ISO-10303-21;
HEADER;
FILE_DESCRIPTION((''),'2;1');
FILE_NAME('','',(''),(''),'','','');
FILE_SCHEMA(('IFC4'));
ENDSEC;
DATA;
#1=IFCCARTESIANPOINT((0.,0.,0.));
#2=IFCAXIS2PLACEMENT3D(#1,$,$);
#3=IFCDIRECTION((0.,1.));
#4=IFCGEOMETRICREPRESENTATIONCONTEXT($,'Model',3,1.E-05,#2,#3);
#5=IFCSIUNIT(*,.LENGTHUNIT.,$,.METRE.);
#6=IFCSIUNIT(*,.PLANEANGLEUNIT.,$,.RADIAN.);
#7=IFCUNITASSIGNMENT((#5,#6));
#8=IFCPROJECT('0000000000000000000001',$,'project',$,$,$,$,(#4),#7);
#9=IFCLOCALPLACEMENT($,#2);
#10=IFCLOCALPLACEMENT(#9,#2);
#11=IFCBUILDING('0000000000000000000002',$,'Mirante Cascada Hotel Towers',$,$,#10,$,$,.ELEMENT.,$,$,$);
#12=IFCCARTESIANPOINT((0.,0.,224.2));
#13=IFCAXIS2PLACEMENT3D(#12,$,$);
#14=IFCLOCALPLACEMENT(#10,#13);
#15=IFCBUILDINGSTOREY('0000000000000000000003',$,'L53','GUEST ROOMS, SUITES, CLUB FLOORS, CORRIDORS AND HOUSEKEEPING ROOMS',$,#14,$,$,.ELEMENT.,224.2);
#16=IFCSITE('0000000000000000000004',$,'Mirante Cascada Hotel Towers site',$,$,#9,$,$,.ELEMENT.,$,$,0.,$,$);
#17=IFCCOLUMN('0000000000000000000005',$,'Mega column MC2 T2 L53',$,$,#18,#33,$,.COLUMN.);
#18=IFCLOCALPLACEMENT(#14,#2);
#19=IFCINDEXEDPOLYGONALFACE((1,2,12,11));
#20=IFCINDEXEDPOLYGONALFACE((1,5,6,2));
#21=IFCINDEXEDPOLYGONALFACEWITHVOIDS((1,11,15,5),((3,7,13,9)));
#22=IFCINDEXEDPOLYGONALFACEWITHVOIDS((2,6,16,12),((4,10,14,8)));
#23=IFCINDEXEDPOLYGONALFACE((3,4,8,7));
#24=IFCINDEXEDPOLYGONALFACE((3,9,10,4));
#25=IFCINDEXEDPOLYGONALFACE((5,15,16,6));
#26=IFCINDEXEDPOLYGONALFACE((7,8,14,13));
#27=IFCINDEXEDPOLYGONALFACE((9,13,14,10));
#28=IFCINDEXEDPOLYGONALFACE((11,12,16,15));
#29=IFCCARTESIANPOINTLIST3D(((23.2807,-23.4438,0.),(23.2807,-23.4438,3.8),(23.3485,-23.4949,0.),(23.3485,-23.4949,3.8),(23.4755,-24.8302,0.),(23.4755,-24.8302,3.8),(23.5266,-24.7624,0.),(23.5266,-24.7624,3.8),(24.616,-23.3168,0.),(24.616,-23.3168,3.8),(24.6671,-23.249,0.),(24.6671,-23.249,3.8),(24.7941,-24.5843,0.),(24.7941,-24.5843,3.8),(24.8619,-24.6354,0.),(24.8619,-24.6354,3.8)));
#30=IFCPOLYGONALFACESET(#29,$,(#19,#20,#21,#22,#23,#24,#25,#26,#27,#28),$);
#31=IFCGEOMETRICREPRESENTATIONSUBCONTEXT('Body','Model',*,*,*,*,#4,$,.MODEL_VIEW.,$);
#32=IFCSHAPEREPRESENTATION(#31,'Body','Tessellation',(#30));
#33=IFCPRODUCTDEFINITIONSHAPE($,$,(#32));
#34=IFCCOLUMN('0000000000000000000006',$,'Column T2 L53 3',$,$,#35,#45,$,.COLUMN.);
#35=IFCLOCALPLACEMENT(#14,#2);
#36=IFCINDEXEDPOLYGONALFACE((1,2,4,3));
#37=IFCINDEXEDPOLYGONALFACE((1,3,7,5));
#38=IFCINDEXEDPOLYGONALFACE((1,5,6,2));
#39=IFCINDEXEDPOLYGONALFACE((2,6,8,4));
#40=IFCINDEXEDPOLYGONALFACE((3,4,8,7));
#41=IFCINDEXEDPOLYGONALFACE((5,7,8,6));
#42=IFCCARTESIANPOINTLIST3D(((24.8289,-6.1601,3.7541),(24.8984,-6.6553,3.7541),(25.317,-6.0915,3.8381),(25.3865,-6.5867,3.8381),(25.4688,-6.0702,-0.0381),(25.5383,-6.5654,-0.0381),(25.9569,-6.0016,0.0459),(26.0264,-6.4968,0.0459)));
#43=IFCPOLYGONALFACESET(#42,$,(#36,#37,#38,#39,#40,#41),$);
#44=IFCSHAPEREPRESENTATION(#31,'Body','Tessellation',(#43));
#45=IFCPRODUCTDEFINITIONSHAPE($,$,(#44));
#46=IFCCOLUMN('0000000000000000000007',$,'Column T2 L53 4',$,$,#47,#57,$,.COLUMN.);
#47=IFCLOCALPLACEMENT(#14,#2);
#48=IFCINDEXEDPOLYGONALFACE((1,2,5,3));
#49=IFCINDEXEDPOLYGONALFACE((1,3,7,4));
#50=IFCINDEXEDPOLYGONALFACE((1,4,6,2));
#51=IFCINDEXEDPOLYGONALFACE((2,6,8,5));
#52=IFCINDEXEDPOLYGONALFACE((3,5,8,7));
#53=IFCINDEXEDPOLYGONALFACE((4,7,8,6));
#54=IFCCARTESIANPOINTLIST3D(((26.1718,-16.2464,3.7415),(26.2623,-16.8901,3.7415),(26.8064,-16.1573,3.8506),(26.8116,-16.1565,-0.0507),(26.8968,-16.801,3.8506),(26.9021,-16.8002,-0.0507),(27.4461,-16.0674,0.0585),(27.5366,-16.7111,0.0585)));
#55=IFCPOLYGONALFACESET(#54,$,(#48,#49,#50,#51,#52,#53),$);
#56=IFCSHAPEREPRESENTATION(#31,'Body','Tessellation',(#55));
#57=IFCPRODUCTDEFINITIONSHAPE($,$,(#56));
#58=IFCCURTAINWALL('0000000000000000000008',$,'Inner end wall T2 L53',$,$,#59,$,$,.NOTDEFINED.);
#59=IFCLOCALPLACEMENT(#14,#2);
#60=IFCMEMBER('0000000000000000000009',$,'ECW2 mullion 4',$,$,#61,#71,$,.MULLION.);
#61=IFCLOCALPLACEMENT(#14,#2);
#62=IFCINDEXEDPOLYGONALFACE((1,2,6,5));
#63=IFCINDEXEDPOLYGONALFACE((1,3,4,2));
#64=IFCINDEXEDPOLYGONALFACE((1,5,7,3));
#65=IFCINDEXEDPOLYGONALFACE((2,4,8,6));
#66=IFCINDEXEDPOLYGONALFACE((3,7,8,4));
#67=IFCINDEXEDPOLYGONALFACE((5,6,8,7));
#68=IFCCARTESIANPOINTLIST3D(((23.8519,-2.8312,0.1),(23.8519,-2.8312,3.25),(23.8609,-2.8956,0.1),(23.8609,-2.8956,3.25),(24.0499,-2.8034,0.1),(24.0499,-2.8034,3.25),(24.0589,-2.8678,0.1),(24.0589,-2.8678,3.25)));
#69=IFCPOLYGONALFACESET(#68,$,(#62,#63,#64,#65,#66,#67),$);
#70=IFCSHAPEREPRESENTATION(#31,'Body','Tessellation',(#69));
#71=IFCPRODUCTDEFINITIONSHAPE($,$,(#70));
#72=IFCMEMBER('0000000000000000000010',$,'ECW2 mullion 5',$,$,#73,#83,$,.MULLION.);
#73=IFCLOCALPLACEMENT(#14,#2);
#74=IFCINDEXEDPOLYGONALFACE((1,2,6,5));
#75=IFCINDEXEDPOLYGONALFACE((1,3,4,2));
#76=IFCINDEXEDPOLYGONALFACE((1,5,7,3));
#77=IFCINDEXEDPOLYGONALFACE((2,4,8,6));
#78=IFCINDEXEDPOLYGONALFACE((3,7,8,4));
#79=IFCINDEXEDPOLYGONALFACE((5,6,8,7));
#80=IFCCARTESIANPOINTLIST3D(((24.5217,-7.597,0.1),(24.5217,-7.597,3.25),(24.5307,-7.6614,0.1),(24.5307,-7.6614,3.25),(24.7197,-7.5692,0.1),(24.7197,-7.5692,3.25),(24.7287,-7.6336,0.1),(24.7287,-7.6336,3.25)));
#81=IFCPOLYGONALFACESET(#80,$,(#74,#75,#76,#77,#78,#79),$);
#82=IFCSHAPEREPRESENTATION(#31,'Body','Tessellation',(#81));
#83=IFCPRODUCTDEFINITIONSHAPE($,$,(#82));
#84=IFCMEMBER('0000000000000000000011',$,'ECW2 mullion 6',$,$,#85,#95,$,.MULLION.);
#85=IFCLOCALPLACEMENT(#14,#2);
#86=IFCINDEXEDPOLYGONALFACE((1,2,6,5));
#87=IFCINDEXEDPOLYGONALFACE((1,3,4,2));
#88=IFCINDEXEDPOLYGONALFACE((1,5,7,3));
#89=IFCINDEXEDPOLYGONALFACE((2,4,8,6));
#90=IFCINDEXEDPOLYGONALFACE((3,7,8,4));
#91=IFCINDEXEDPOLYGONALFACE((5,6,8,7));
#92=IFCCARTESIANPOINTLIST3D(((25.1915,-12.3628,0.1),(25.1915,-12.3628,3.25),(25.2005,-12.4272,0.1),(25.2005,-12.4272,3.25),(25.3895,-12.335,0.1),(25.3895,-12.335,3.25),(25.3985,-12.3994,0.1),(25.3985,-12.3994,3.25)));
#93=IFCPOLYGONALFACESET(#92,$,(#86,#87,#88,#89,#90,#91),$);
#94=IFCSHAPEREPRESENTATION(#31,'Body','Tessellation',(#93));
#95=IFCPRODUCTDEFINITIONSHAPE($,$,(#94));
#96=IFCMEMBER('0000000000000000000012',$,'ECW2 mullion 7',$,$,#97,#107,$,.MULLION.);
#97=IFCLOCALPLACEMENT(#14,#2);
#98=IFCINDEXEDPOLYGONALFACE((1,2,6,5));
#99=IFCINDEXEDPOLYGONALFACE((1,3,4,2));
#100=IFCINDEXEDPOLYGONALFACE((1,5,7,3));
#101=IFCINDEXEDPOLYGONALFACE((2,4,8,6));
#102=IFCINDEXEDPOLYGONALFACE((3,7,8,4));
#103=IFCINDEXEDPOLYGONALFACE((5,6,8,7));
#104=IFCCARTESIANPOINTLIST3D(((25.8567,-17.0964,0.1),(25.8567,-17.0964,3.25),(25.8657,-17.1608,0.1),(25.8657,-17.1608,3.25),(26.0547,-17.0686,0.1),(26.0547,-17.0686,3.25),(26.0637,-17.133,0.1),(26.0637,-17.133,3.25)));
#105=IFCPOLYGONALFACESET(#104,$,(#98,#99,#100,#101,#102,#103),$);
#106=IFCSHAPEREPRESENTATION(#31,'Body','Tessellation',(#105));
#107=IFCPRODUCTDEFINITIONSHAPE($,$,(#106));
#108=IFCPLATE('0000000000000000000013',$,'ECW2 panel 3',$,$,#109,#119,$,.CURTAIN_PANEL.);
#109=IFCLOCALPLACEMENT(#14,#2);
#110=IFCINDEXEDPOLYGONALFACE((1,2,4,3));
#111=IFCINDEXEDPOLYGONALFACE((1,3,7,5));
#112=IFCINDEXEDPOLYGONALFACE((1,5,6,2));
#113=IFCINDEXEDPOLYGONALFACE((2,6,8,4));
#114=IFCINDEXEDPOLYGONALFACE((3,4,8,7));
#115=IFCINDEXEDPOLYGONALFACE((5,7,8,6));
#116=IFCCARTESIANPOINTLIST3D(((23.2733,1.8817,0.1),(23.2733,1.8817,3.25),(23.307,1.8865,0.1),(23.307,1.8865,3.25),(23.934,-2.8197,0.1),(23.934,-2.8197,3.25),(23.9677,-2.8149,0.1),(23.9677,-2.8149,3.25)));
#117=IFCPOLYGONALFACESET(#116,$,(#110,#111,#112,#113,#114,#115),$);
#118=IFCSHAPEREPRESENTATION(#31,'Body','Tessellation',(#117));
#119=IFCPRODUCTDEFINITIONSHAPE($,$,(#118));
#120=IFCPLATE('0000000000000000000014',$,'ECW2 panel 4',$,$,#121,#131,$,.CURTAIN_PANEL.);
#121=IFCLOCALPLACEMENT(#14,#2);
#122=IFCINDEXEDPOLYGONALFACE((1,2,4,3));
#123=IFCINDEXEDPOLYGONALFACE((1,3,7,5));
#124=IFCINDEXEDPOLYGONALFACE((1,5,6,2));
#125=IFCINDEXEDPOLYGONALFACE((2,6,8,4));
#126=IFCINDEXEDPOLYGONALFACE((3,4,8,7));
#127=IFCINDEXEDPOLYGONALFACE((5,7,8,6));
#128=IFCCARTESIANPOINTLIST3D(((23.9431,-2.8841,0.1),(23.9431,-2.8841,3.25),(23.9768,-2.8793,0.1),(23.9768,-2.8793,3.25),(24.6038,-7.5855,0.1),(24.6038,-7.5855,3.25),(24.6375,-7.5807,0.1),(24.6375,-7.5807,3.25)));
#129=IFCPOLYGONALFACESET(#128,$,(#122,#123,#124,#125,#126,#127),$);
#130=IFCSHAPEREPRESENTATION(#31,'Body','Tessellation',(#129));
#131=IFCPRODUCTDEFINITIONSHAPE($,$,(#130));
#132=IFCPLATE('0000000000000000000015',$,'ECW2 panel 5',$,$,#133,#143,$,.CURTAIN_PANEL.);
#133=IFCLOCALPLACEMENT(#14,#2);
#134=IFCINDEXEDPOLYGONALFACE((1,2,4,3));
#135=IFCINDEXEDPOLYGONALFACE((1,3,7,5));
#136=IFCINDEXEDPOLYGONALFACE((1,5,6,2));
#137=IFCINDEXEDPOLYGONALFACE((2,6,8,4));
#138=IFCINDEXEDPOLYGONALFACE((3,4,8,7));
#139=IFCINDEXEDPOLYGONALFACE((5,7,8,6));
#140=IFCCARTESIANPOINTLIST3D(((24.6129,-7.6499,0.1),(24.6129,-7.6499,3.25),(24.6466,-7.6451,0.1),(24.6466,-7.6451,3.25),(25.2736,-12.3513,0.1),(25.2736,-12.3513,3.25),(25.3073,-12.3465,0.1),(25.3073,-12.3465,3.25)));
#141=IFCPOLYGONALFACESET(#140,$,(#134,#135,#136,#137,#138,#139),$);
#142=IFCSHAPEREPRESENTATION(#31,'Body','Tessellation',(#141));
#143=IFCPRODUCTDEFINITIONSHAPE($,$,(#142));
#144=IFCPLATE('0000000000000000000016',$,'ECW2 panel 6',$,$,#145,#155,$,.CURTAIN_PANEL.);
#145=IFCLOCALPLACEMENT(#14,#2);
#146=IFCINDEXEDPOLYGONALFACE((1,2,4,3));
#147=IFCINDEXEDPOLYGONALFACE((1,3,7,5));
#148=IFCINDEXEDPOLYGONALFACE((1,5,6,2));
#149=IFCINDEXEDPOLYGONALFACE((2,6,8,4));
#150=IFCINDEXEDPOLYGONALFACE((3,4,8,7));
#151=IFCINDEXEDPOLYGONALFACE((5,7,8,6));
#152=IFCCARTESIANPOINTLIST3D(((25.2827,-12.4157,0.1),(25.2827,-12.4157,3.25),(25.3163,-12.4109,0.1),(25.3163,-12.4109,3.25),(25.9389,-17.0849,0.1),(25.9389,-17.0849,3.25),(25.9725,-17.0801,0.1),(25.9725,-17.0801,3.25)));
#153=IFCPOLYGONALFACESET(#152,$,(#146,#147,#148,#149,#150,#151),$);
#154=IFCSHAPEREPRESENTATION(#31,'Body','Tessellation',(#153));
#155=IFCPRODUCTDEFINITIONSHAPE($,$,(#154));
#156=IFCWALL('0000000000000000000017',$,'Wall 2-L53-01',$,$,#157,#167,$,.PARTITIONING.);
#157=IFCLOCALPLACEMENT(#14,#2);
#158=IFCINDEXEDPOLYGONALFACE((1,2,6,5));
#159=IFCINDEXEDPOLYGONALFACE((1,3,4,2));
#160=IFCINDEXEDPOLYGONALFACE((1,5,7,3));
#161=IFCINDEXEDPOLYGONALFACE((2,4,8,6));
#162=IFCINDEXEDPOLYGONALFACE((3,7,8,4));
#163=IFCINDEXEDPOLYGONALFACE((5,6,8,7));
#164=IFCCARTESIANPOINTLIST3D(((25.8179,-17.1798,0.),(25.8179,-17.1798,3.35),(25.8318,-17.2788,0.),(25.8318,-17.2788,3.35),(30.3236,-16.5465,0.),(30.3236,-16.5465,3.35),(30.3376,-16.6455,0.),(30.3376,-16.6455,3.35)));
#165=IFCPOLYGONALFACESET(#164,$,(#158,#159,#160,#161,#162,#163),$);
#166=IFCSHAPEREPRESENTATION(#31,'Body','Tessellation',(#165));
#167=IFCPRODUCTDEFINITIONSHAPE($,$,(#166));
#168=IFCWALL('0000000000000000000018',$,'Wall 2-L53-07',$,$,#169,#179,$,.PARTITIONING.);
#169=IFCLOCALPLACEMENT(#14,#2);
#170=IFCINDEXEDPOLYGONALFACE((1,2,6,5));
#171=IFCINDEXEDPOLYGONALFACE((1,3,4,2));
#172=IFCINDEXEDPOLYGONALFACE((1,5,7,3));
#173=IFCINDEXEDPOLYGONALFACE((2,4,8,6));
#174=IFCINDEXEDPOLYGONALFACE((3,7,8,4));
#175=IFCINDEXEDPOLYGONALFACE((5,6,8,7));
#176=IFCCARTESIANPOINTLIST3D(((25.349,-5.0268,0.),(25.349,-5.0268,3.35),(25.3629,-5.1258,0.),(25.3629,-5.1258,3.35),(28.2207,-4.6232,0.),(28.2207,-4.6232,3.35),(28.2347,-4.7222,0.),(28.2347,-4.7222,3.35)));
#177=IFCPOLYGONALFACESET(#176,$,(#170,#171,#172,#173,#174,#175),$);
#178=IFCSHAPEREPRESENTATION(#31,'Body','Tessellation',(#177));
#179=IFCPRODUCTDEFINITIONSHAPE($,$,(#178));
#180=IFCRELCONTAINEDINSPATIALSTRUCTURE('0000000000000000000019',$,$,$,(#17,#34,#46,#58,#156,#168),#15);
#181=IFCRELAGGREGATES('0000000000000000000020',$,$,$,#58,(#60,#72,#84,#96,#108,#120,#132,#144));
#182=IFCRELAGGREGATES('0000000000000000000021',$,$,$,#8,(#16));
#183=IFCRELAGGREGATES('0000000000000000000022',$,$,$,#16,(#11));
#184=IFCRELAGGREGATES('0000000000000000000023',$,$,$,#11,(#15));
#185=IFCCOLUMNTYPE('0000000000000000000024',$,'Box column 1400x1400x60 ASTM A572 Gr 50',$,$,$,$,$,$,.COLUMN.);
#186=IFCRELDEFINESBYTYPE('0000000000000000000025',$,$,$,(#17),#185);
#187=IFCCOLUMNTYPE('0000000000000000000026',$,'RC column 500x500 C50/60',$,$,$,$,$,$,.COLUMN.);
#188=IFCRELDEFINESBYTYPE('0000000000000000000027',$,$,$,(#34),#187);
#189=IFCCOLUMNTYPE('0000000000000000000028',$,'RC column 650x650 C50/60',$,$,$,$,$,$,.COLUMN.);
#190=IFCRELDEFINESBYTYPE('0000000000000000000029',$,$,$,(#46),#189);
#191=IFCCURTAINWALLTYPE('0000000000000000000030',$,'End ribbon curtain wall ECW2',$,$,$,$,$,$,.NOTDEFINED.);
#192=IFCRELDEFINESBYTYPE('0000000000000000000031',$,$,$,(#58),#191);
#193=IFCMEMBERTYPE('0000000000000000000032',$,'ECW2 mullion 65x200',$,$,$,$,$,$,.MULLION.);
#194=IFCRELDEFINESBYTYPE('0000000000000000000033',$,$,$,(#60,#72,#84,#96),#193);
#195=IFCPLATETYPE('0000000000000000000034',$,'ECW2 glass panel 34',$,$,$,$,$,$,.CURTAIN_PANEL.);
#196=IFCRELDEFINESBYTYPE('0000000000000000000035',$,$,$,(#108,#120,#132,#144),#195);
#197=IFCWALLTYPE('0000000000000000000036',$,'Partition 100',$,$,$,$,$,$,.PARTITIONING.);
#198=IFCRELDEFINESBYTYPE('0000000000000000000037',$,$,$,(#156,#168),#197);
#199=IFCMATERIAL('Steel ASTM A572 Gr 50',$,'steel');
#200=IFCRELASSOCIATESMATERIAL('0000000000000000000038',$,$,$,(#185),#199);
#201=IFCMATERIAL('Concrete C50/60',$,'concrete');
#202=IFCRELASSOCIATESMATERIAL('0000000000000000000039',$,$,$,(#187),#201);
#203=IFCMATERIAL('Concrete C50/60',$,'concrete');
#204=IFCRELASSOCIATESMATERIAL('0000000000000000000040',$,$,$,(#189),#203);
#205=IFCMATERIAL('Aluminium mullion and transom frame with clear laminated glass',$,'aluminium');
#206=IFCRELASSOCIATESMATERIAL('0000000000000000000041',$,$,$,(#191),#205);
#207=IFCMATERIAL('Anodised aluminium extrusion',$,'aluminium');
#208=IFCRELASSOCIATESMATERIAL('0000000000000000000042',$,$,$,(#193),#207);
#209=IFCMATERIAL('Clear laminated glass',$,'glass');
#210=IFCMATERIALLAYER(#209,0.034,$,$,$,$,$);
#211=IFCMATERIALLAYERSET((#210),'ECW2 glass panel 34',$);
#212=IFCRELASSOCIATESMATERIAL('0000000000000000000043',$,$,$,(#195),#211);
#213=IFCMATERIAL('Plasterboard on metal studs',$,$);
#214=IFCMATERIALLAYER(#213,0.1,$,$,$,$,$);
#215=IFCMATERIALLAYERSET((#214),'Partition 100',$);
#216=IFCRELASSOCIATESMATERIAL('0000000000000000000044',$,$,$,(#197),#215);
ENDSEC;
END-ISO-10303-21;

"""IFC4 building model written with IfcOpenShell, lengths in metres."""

from ifc_helpers import new_model, si_unit, direction, frame, frame_2d, origin, origin_2d, place, context, subcontext, project, spatial, rectangle, hollow_rectangle, extrude, material, layer, layer_set, material_profile, profile_set, type_object, element, aggregate, save


model = new_model("IFC4")

# Units and contexts
model_context = context("Model", 3, precision=1e-05, world=origin(), true_north=direction((0.0, 1.0)))
body_context = subcontext(model_context, "Body", "Model", "MODEL_VIEW")
ifc_project = project(units=[si_unit("LENGTHUNIT", "METRE"), si_unit("PLANEANGLEUNIT", "RADIAN")], contexts=[model_context])

# Site, building, storey
site_placement = place(None, origin())
site = spatial("IfcSite", under=ifc_project, at=site_placement, Name="Mirante Cascada Hotel Towers site", CompositionType="ELEMENT", RefElevation=0.0)
building_placement = place(site_placement, origin())
building = spatial("IfcBuilding", under=site, at=building_placement, Name="Mirante Cascada Hotel Towers", CompositionType="ELEMENT")
storey_placement = place(building_placement, frame((0.0, 0.0, 224.2)))
storey = spatial("IfcBuildingStorey", under=building, at=storey_placement, Name="L53", Description="GUEST ROOMS, SUITES, CLUB FLOORS, CORRIDORS AND HOUSEKEEPING ROOMS", CompositionType="ELEMENT", Elevation=224.2)

# Columns
ifc_material_1 = material(Name="Steel ASTM A572 Gr 50", Category="steel")
ifc_material_profile_1 = material_profile(ifc_material_1, hollow_rectangle(XDim=1.4, YDim=1.4, WallThickness=0.06, at=origin_2d()), Name="Box column 1400x1400x60 ASTM A572 Gr 50")
ifc_profile_set_1 = profile_set([ifc_material_profile_1], Name="Steel ASTM A572 Gr 50")
column_type_1 = type_object("IfcColumnType", Name="Box column 1400x1400x60 ASTM A572 Gr 50", PredefinedType="COLUMN", material=ifc_profile_set_1)
column_1_placement = place(storey_placement, frame((24.0713, -24.0396, 0.0), z_axis=(0.0, 0.0, 1.0), x_axis=(0.990268, 0.139173, 0.0)))
element("IfcColumn", 1, at=column_1_placement, inside=storey, type_object=column_type_1, Name="Mega column MC2 T2 L53", PredefinedType="COLUMN", context=body_context, shape_type="SweptSolid", body=[
    extrude(hollow_rectangle(XDim=1.4, YDim=1.4, WallThickness=0.06, at=origin_2d()), origin(), (0.0, 0.0, 1.0), 3.8),
])
ifc_material_2 = material(Name="Concrete C50/60", Category="concrete")
ifc_material_profile_2 = material_profile(ifc_material_2, rectangle(XDim=0.5, YDim=0.5, at=origin_2d()), Name="RC column 500x500 C50/60")
ifc_profile_set_2 = profile_set([ifc_material_profile_2], Name="Concrete C50/60")
column_type_2 = type_object("IfcColumnType", Name="RC column 500x500 C50/60", PredefinedType="COLUMN", material=ifc_profile_set_2)
column_2_placement = place(storey_placement, frame((25.7476, -6.2835, 0.0039), z_axis=(-0.166343, -0.02337, 0.985791), x_axis=(0.139124, -0.990275, 0.0)))
element("IfcColumn", 2, at=column_2_placement, inside=storey, type_object=column_type_2, Name="Column T2 L53 3", PredefinedType="COLUMN", context=body_context, shape_type="SweptSolid", body=[
    extrude(rectangle(XDim=0.5, YDim=0.5, at=origin_2d()), origin(), (0.0, 0.0, 1.0), 3.8469),
])
ifc_material_3 = material(Name="Concrete C50/60", Category="concrete")
ifc_material_profile_3 = material_profile(ifc_material_3, rectangle(XDim=0.65, YDim=0.65, at=origin_2d()), Name="RC column 650x650 C50/60")
ifc_profile_set_3 = profile_set([ifc_material_profile_3], Name="Concrete C50/60")
column_type_3 = type_object("IfcColumnType", Name="RC column 650x650 C50/60", PredefinedType="COLUMN", material=ifc_profile_set_3)
column_3_placement = place(storey_placement, frame((27.1741, -16.4338, 0.0039), z_axis=(-0.166318, -0.02337, 0.985795), x_axis=(0.139146, -0.990272, 0.0)))
element("IfcColumn", 3, at=column_3_placement, inside=storey, type_object=column_type_3, Name="Column T2 L53 4", PredefinedType="COLUMN", context=body_context, shape_type="SweptSolid", body=[
    extrude(rectangle(XDim=0.65, YDim=0.65, at=origin_2d()), origin(), (0.0, 0.0, 1.0), 3.8468),
])

# Curtain wall, members, plates
ifc_material_4 = material(Name="Aluminium mullion and transom frame with clear laminated glass", Category="aluminium")
curtain_wall_type = type_object("IfcCurtainWallType", Name="End ribbon curtain wall ECW2", PredefinedType="NOTDEFINED", material=ifc_material_4)
curtain_wall_placement = place(storey_placement, origin())
curtain_wall = element("IfcCurtainWall", 4, at=curtain_wall_placement, inside=storey, type_object=curtain_wall_type, Name="Inner end wall T2 L53", PredefinedType="NOTDEFINED")
ifc_material_5 = material(Name="Anodised aluminium extrusion", Category="aluminium")
ifc_material_profile_4 = material_profile(ifc_material_5, rectangle(XDim=0.2, YDim=0.065, at=origin_2d()), Name="ECW2 MULLION 65x200")
ifc_profile_set_4 = profile_set([ifc_material_profile_4], Name="Anodised aluminium extrusion")
member_type = type_object("IfcMemberType", Name="ECW2 mullion 65x200", PredefinedType="MULLION", material=ifc_profile_set_4)
member_1_placement = place(storey_placement, frame((23.9554, -2.8495, 0.1), z_axis=(0.0, 0.0, 1.0), x_axis=(0.990268, 0.139173, 0.0)))
member_1 = element("IfcMember", 5, at=member_1_placement, type_object=member_type, Name="ECW2 mullion 4", PredefinedType="MULLION", context=body_context, shape_type="SweptSolid", body=[
    extrude(rectangle(XDim=0.2, YDim=0.065, at=origin_2d()), origin(), (0.0, 0.0, 1.0), 3.15),
])
member_2_placement = place(storey_placement, frame((24.6252, -7.6153, 0.1), z_axis=(0.0, 0.0, 1.0), x_axis=(0.990268, 0.139173, 0.0)))
member_2 = element("IfcMember", 6, at=member_2_placement, type_object=member_type, Name="ECW2 mullion 5", PredefinedType="MULLION", context=body_context, shape_type="SweptSolid", body=[
    extrude(rectangle(XDim=0.2, YDim=0.065, at=origin_2d()), origin(), (0.0, 0.0, 1.0), 3.15),
])
member_3_placement = place(storey_placement, frame((25.295, -12.3811, 0.1), z_axis=(0.0, 0.0, 1.0), x_axis=(0.990268, 0.139173, 0.0)))
member_3 = element("IfcMember", 7, at=member_3_placement, type_object=member_type, Name="ECW2 mullion 6", PredefinedType="MULLION", context=body_context, shape_type="SweptSolid", body=[
    extrude(rectangle(XDim=0.2, YDim=0.065, at=origin_2d()), origin(), (0.0, 0.0, 1.0), 3.15),
])
member_4_placement = place(storey_placement, frame((25.9602, -17.1147, 0.1), z_axis=(0.0, 0.0, 1.0), x_axis=(0.990268, 0.139173, 0.0)))
member_4 = element("IfcMember", 8, at=member_4_placement, type_object=member_type, Name="ECW2 mullion 7", PredefinedType="MULLION", context=body_context, shape_type="SweptSolid", body=[
    extrude(rectangle(XDim=0.2, YDim=0.065, at=origin_2d()), origin(), (0.0, 0.0, 1.0), 3.15),
])
ifc_material_6 = material(Name="Clear laminated glass", Category="glass")
ifc_layer_1 = layer(ifc_material_6, 0.034)
ifc_layer_set_1 = layer_set([ifc_layer_1], Name="ECW2 glass panel 34")
plate_type = type_object("IfcPlateType", Name="ECW2 glass panel 34", PredefinedType="CURTAIN_PANEL", material=ifc_layer_set_1)
plate_1_placement = place(storey_placement, frame((23.6205, -0.4666, 0.1), z_axis=(0.0, 0.0, 1.0), x_axis=(0.139173, -0.990268, 0.0)))
plate_1 = element("IfcPlate", 9, at=plate_1_placement, type_object=plate_type, Name="ECW2 panel 3", PredefinedType="CURTAIN_PANEL", context=body_context, shape_type="SweptSolid", body=[
    extrude(rectangle(XDim=4.7476, YDim=0.034, at=origin_2d()), origin(), (0.0, 0.0, 1.0), 3.15),
])
plate_2_placement = place(storey_placement, frame((24.2903, -5.2324, 0.1), z_axis=(0.0, 0.0, 1.0), x_axis=(0.139173, -0.990268, 0.0)))
plate_2 = element("IfcPlate", 10, at=plate_2_placement, type_object=plate_type, Name="ECW2 panel 4", PredefinedType="CURTAIN_PANEL", context=body_context, shape_type="SweptSolid", body=[
    extrude(rectangle(XDim=4.7476, YDim=0.034, at=origin_2d()), origin(), (0.0, 0.0, 1.0), 3.15),
])
plate_3_placement = place(storey_placement, frame((24.9601, -9.9982, 0.1), z_axis=(0.0, 0.0, 1.0), x_axis=(0.139173, -0.990268, 0.0)))
plate_3 = element("IfcPlate", 11, at=plate_3_placement, type_object=plate_type, Name="ECW2 panel 5", PredefinedType="CURTAIN_PANEL", context=body_context, shape_type="SweptSolid", body=[
    extrude(rectangle(XDim=4.7476, YDim=0.034, at=origin_2d()), origin(), (0.0, 0.0, 1.0), 3.15),
])
plate_4_placement = place(storey_placement, frame((25.6276, -14.7479, 0.1), z_axis=(0.0, 0.0, 1.0), x_axis=(0.139173, -0.990268, 0.0)))
plate_4 = element("IfcPlate", 12, at=plate_4_placement, type_object=plate_type, Name="ECW2 panel 6", PredefinedType="CURTAIN_PANEL", context=body_context, shape_type="SweptSolid", body=[
    extrude(rectangle(XDim=4.7151, YDim=0.034, at=origin_2d()), origin(), (0.0, 0.0, 1.0), 3.15),
])
aggregate(curtain_wall, [member_1, member_2, member_3, member_4, plate_1, plate_2, plate_3, plate_4])

# Walls
ifc_material_7 = material(Name="Plasterboard on metal studs")
ifc_layer_2 = layer(ifc_material_7, 0.1)
ifc_layer_set_2 = layer_set([ifc_layer_2], Name="Partition 100")
wall_type_1 = type_object("IfcWallType", Name="Partition 100", PredefinedType="PARTITIONING", material=ifc_layer_set_2)
wall_1_placement = place(storey_placement, frame((30.3306, -16.596, 0.0), z_axis=(0.0, 0.0, 1.0), x_axis=(-0.990266, -0.139187, 0.0)))
element("IfcWall", 13, at=wall_1_placement, inside=storey, type_object=wall_type_1, Name="Wall 2-L53-01", PredefinedType="PARTITIONING", context=body_context, shape_type="SweptSolid", body=[
    extrude(rectangle(XDim=4.55, YDim=0.1, at=frame_2d((2.275, 0.0))), origin(), (0.0, 0.0, 1.0), 3.35),
])
wall_2_placement = place(storey_placement, frame((28.2277, -4.6727, 0.0), z_axis=(0.0, 0.0, 1.0), x_axis=(-0.990268, -0.139171, 0.0)))
element("IfcWall", 14, at=wall_2_placement, inside=storey, type_object=wall_type_1, Name="Wall 2-L53-07", PredefinedType="PARTITIONING", context=body_context, shape_type="SweptSolid", body=[
    extrude(rectangle(XDim=2.9, YDim=0.1, at=frame_2d((1.45, 0.0))), origin(), (0.0, 0.0, 1.0), 3.35),
])

save(model, "model.ifc")
